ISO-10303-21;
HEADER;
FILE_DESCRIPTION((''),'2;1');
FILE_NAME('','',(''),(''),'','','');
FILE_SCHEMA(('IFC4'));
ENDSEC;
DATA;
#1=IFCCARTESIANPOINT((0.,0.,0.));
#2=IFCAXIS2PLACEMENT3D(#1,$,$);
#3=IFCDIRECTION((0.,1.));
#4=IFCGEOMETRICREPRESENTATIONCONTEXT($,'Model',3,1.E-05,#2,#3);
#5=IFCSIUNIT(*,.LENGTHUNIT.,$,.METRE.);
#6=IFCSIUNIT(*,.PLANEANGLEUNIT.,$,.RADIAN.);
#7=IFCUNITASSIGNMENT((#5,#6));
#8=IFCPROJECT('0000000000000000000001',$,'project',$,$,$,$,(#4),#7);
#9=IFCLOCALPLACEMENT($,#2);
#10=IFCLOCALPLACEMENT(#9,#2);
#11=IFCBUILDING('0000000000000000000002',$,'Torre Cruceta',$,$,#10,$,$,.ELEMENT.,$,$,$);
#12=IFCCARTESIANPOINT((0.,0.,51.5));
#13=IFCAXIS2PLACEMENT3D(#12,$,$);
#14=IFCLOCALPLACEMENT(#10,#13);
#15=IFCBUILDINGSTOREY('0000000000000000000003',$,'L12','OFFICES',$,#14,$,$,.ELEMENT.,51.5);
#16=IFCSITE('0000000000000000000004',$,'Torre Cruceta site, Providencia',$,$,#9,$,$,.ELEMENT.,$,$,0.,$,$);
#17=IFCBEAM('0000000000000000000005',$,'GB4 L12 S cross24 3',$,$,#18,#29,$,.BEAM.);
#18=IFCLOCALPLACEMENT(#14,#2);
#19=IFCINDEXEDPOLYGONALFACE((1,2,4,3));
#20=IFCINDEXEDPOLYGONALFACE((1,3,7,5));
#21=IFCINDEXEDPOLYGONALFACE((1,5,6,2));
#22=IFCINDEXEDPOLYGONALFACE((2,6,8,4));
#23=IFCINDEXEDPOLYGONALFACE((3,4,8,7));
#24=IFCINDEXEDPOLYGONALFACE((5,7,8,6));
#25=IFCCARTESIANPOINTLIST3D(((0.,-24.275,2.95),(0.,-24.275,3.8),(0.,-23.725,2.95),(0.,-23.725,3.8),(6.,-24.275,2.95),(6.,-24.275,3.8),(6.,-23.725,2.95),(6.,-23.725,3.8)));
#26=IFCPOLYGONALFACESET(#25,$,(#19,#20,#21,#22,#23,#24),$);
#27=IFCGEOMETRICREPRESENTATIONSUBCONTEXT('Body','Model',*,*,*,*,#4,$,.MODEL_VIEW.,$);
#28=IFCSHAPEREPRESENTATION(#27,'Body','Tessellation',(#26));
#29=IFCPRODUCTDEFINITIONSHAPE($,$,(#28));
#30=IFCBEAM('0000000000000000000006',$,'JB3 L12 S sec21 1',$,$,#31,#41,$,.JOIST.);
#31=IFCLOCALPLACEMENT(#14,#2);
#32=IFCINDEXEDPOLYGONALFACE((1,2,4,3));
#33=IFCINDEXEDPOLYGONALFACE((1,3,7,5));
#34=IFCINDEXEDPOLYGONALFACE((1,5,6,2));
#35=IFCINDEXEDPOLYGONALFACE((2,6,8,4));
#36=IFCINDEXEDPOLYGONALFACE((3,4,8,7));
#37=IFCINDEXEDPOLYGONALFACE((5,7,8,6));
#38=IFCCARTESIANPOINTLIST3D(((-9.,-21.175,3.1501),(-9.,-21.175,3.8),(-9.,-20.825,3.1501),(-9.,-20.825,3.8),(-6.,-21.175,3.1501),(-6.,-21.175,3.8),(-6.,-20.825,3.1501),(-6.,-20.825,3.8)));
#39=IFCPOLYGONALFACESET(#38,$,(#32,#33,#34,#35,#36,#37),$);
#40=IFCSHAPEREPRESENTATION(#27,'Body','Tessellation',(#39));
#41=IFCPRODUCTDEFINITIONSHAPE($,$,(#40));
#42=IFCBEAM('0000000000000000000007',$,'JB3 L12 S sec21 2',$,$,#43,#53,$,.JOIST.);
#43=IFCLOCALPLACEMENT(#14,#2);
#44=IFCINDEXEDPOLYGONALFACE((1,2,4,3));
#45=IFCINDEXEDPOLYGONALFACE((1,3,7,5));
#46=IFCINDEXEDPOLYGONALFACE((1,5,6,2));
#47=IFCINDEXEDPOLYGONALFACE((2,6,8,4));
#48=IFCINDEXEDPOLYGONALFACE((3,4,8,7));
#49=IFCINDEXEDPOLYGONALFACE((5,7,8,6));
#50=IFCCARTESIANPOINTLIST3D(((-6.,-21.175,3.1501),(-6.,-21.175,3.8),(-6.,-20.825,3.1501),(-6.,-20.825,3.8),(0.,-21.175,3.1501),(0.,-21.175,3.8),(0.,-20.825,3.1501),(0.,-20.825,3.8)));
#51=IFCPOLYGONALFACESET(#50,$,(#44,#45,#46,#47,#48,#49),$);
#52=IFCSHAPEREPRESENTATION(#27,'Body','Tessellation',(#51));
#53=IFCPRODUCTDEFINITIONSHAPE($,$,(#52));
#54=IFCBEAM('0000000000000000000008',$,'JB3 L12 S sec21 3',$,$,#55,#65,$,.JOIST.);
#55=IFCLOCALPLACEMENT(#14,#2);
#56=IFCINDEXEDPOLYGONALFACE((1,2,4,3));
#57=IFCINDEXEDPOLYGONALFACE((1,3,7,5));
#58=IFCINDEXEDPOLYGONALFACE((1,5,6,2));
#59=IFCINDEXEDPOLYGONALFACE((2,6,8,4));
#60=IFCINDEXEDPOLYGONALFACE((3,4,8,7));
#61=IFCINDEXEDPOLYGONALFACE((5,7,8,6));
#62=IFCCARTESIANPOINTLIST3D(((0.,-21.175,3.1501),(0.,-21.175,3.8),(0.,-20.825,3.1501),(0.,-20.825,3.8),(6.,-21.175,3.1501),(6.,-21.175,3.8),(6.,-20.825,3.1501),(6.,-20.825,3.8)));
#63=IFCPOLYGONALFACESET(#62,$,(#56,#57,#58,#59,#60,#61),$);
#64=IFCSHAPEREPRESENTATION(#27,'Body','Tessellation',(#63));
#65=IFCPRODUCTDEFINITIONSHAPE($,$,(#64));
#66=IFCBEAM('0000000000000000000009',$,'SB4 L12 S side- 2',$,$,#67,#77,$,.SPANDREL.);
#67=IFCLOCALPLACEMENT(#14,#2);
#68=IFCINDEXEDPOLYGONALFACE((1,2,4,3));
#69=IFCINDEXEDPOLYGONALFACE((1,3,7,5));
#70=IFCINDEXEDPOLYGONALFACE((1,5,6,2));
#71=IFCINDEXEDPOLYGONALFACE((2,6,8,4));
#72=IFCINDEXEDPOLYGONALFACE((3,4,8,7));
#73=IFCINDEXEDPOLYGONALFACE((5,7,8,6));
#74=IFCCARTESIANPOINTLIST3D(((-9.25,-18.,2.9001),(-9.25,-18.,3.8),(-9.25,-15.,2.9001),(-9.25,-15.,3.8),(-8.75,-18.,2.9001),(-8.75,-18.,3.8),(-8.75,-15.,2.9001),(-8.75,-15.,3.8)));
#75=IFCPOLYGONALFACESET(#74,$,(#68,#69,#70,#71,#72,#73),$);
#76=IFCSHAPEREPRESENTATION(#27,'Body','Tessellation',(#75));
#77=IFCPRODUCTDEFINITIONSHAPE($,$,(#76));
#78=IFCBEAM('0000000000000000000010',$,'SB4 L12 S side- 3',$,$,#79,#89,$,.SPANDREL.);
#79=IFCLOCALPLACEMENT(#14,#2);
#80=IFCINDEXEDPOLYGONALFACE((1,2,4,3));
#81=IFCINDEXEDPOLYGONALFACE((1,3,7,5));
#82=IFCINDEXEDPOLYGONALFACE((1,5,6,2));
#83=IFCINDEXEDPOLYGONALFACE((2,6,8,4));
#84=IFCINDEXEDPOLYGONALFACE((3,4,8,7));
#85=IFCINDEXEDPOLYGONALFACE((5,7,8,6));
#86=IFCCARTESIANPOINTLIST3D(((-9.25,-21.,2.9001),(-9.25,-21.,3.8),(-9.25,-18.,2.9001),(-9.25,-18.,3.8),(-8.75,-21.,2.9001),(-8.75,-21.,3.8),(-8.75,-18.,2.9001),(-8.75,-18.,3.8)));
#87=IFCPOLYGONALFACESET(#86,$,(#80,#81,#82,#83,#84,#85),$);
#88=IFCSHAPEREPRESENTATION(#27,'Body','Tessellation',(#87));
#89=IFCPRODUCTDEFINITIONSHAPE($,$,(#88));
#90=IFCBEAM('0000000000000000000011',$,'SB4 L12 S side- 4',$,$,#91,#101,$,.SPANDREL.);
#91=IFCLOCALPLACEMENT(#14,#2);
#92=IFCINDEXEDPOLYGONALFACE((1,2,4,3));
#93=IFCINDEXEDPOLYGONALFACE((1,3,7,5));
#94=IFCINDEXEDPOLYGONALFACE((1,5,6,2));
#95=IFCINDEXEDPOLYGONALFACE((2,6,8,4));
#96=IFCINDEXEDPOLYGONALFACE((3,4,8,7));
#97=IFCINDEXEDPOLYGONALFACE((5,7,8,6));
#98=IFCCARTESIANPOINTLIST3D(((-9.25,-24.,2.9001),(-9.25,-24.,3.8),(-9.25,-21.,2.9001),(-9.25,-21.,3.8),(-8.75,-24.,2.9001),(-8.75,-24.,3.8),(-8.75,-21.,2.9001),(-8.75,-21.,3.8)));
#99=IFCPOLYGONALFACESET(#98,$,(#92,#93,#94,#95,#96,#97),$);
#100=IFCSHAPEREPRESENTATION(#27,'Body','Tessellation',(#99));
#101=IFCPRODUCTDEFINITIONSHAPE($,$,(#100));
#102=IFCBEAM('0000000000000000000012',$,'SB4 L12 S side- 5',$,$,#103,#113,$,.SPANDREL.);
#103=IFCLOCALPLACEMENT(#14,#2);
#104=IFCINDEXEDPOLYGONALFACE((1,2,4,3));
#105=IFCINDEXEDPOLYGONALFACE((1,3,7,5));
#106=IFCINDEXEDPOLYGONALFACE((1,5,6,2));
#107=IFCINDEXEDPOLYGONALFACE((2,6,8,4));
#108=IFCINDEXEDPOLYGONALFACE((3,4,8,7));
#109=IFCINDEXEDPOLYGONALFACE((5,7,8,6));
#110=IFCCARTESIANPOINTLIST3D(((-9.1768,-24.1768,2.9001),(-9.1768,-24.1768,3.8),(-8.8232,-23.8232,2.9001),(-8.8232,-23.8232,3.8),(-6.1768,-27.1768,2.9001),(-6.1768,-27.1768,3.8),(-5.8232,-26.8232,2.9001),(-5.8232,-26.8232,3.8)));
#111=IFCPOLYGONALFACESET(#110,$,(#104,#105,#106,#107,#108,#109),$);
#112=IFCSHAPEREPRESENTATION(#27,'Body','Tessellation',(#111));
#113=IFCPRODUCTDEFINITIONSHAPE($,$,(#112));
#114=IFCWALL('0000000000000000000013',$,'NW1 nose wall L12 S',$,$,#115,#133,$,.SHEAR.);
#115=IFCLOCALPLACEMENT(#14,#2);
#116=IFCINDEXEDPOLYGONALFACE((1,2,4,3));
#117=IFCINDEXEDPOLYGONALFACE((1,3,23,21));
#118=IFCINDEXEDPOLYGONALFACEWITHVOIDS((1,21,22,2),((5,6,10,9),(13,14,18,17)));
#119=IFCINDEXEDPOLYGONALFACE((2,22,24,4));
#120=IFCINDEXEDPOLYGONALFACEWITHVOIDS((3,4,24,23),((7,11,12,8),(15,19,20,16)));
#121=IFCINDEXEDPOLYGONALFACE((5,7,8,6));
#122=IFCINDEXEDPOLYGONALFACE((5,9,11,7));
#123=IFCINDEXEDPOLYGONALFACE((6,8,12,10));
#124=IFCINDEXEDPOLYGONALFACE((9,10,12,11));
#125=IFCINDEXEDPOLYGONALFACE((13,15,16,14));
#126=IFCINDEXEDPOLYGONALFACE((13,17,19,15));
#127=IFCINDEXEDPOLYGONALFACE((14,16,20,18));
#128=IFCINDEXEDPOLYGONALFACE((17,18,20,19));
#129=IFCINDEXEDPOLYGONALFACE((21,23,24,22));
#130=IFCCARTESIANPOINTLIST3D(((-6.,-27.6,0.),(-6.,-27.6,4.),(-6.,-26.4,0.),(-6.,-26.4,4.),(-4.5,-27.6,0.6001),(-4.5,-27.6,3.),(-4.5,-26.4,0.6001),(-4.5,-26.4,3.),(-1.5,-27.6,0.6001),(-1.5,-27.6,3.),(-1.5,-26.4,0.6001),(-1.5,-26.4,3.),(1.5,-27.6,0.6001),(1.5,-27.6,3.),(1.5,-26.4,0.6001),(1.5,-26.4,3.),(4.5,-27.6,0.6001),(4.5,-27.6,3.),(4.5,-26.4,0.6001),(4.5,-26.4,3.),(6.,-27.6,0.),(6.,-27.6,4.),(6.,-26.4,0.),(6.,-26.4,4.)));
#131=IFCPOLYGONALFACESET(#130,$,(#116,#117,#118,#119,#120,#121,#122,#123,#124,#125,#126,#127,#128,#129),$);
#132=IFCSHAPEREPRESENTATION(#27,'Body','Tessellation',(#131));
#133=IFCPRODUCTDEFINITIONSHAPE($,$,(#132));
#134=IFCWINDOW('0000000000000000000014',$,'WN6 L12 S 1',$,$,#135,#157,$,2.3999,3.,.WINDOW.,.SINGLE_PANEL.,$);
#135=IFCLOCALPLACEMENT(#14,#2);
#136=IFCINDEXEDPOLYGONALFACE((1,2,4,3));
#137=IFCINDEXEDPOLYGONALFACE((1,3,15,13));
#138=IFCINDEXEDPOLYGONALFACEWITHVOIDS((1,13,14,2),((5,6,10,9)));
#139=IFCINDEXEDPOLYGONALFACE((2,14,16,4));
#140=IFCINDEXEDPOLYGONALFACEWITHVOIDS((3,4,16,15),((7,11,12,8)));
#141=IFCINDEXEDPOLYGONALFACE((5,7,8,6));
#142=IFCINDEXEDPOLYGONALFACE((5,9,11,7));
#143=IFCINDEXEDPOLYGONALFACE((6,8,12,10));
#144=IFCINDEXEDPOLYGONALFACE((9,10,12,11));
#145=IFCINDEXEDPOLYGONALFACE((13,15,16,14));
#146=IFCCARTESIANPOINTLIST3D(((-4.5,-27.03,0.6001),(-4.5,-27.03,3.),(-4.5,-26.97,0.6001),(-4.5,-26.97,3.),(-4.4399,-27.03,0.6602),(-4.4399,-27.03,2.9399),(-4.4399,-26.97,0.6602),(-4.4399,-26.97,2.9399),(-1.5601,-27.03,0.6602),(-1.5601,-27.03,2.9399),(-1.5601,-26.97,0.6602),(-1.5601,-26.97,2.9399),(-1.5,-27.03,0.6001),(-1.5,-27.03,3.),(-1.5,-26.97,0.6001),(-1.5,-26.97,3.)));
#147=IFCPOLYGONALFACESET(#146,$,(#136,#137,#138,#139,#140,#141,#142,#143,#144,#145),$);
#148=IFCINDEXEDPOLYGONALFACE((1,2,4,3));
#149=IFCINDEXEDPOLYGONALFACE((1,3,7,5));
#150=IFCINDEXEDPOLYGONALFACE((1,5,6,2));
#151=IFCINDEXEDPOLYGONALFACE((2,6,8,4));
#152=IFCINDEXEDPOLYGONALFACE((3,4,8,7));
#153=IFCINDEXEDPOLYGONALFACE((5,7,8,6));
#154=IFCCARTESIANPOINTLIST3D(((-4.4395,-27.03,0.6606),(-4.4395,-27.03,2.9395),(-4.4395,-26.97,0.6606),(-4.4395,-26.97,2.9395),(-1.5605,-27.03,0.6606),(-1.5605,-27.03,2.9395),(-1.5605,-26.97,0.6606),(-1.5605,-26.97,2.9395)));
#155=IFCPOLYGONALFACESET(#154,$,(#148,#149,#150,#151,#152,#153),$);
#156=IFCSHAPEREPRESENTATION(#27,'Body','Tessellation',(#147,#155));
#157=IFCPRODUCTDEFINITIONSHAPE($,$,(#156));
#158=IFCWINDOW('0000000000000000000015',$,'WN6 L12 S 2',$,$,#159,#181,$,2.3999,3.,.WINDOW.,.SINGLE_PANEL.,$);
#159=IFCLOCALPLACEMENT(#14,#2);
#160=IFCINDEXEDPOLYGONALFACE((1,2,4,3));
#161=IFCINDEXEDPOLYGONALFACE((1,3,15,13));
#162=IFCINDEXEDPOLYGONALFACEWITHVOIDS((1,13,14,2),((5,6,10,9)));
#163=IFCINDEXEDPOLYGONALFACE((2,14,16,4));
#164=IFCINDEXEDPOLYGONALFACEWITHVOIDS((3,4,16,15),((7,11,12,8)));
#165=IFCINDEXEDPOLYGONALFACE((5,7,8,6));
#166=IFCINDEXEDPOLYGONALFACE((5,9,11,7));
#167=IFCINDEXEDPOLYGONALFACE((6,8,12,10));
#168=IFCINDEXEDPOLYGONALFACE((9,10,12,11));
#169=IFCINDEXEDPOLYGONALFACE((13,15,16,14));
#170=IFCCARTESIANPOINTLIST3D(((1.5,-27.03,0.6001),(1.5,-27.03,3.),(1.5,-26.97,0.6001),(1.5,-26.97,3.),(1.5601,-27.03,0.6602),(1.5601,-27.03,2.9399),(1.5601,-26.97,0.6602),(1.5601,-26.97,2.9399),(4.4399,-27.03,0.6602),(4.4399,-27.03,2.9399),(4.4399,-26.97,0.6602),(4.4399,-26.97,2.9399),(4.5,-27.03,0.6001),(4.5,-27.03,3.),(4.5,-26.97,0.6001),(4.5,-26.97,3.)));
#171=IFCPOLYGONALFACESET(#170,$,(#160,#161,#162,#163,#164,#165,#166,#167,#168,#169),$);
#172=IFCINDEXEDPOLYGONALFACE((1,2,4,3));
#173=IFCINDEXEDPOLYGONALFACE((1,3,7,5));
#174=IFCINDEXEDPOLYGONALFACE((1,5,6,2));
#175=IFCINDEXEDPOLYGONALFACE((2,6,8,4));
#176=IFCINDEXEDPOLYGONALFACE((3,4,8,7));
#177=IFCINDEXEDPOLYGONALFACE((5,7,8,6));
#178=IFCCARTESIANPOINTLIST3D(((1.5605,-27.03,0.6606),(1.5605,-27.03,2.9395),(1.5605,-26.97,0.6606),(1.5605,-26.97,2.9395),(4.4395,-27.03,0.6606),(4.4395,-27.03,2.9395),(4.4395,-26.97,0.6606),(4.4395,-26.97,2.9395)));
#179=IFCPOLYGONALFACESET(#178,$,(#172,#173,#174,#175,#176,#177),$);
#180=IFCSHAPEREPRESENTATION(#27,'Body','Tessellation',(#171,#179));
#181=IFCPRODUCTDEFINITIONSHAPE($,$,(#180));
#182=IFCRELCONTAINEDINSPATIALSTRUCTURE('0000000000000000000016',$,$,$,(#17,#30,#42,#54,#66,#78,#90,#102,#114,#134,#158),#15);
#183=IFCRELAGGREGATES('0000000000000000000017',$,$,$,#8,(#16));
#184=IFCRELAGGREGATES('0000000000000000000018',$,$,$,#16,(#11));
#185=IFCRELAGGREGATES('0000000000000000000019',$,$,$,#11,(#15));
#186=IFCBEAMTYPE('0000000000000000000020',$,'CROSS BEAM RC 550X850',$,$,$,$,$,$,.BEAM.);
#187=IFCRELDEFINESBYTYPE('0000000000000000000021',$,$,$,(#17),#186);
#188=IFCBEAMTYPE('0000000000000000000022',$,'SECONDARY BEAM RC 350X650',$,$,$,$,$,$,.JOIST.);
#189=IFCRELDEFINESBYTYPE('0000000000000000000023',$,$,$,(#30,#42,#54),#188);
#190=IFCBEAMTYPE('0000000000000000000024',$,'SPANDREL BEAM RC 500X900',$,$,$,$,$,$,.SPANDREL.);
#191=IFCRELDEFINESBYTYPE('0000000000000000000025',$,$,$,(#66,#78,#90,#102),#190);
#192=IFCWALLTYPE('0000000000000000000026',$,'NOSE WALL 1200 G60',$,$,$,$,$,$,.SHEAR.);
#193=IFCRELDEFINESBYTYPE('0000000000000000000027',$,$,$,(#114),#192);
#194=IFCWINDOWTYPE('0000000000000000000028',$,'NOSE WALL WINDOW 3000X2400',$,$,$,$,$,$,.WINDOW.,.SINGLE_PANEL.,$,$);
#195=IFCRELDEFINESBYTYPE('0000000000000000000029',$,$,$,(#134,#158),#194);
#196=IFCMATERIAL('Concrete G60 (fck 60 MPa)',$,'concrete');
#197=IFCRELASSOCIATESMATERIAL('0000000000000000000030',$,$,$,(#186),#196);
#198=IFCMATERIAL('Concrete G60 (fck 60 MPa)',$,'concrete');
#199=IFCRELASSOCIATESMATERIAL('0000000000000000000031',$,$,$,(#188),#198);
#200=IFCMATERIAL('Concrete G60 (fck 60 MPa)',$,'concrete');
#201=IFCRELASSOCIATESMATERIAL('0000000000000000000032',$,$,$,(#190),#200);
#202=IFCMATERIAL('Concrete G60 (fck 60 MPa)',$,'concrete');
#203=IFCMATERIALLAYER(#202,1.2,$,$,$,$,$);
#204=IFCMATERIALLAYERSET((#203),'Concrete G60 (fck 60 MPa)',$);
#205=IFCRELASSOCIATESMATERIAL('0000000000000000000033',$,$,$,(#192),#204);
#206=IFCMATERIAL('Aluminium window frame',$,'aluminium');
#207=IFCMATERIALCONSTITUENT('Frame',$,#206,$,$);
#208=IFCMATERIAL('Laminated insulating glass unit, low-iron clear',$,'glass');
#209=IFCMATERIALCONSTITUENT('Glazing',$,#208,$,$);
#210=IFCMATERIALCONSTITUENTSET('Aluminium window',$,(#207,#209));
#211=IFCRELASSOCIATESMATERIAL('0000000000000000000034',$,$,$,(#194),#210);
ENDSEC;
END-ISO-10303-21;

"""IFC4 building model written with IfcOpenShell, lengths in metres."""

from ifc_helpers import new_model, si_unit, direction, frame, frame_2d, origin, origin_2d, place, context, subcontext, project, spatial, rectangle, hollow_rectangle, extrude, material, layer, layer_set, constituent, constituent_set, material_profile, profile_set, type_object, element, fill, save


model = new_model("IFC4")

# Units and contexts
model_context = context("Model", 3, precision=1e-05, world=origin(), true_north=direction((0.0, 1.0)))
body_context = subcontext(model_context, "Body", "Model", "MODEL_VIEW")
ifc_project = project(units=[si_unit("LENGTHUNIT", "METRE"), si_unit("PLANEANGLEUNIT", "RADIAN")], contexts=[model_context])

# Site, building, storey
site_placement = place(None, origin())
site = spatial("IfcSite", under=ifc_project, at=site_placement, Name="Torre Cruceta site, Providencia", CompositionType="ELEMENT", RefElevation=0.0)
building_placement = place(site_placement, origin())
building = spatial("IfcBuilding", under=site, at=building_placement, Name="Torre Cruceta", CompositionType="ELEMENT")
storey_placement = place(building_placement, frame((0.0, 0.0, 51.5)))
storey = spatial("IfcBuildingStorey", under=building, at=storey_placement, Name="L12", Description="OFFICES", CompositionType="ELEMENT", Elevation=51.5)

# Beams
ifc_material_1 = material(Name="Concrete G60 (fck 60 MPa)", Category="concrete")
ifc_material_profile_1 = material_profile(ifc_material_1, rectangle(XDim=0.55, YDim=0.8501, at=origin_2d()), Name="RC 550X850")
ifc_profile_set_1 = profile_set([ifc_material_profile_1], Name="Concrete G60 (fck 60 MPa)")
beam_type_1 = type_object("IfcBeamType", Name="CROSS BEAM RC 550X850", PredefinedType="BEAM", material=ifc_profile_set_1)
for number, where, z_axis, x_axis, name in (
    (1, (0.0, -24.0, 3.375), (1.0, 0.0, 0.0), (0.0, 1.0, 0.0), "GB4 L12 S cross24 3"),
):
    element("IfcBeam", number, at=place(storey_placement, frame(where, z_axis=z_axis, x_axis=x_axis)), inside=storey, type_object=beam_type_1, Name=name, PredefinedType="BEAM", context=body_context, shape_type="SweptSolid", body=[
        extrude(rectangle(XDim=0.55, YDim=0.8501, at=origin_2d()), origin(), (0.0, 0.0, 1.0), 6.0),
    ])
ifc_material_2 = material(Name="Concrete G60 (fck 60 MPa)", Category="concrete")
ifc_material_profile_2 = material_profile(ifc_material_2, rectangle(XDim=0.3501, YDim=0.6499, at=origin_2d()), Name="RC 350X650")
ifc_profile_set_2 = profile_set([ifc_material_profile_2], Name="Concrete G60 (fck 60 MPa)")
beam_type_2 = type_object("IfcBeamType", Name="SECONDARY BEAM RC 350X650", PredefinedType="JOIST", material=ifc_profile_set_2)
beam_1_placement = place(storey_placement, frame((-9.0, -21.0, 3.4751), z_axis=(1.0, 0.0, 0.0), x_axis=(0.0, 1.0, 0.0)))
element("IfcBeam", 2, at=beam_1_placement, inside=storey, type_object=beam_type_2, Name="JB3 L12 S sec21 1", PredefinedType="JOIST", context=body_context, shape_type="SweptSolid", body=[
    extrude(rectangle(XDim=0.3501, YDim=0.6499, at=origin_2d()), origin(), (0.0, 0.0, 1.0), 3.0),
])
for number, where, z_axis, x_axis, name in (
    (3, (-6.0, -21.0, 3.4751), (1.0, 0.0, 0.0), (0.0, 1.0, 0.0), "JB3 L12 S sec21 2"),
    (4, (0.0, -21.0, 3.4751), (1.0, 0.0, 0.0), (0.0, 1.0, 0.0), "JB3 L12 S sec21 3"),
):
    element("IfcBeam", number, at=place(storey_placement, frame(where, z_axis=z_axis, x_axis=x_axis)), inside=storey, type_object=beam_type_2, Name=name, PredefinedType="JOIST", context=body_context, shape_type="SweptSolid", body=[
        extrude(rectangle(XDim=0.3501, YDim=0.6499, at=origin_2d()), origin(), (0.0, 0.0, 1.0), 6.0),
    ])
ifc_material_3 = material(Name="Concrete G60 (fck 60 MPa)", Category="concrete")
ifc_material_profile_3 = material_profile(ifc_material_3, rectangle(XDim=0.5, YDim=0.8999, at=origin_2d()), Name="RC 500X900")
ifc_profile_set_3 = profile_set([ifc_material_profile_3], Name="Concrete G60 (fck 60 MPa)")
beam_type_3 = type_object("IfcBeamType", Name="SPANDREL BEAM RC 500X900", PredefinedType="SPANDREL", material=ifc_profile_set_3)
for number, where, z_axis, x_axis, name in (
    (5, (-9.0, -15.0, 3.3501), (0.0, -1.0, 0.0), (1.0, 0.0, 0.0), "SB4 L12 S side- 2"),
    (6, (-9.0, -18.0, 3.3501), (0.0, -1.0, 0.0), (1.0, 0.0, 0.0), "SB4 L12 S side- 3"),
    (7, (-9.0, -21.0, 3.3501), (0.0, -1.0, 0.0), (1.0, 0.0, 0.0), "SB4 L12 S side- 4"),
):
    element("IfcBeam", number, at=place(storey_placement, frame(where, z_axis=z_axis, x_axis=x_axis)), inside=storey, type_object=beam_type_3, Name=name, PredefinedType="SPANDREL", context=body_context, shape_type="SweptSolid", body=[
        extrude(rectangle(XDim=0.5, YDim=0.8999, at=origin_2d()), origin(), (0.0, 0.0, 1.0), 3.0),
    ])
beam_2_placement = place(storey_placement, frame((-9.0, -24.0, 3.3501), z_axis=(0.707107, -0.707107, 0.0), x_axis=(0.707107, 0.707107, 0.0)))
element("IfcBeam", 8, at=beam_2_placement, inside=storey, type_object=beam_type_3, Name="SB4 L12 S side- 5", PredefinedType="SPANDREL", context=body_context, shape_type="SweptSolid", body=[
    extrude(rectangle(XDim=0.5, YDim=0.8999, at=origin_2d()), origin(), (0.0, 0.0, 1.0), 4.2427),
])

# Wall, openings, windows
ifc_material_4 = material(Name="Concrete G60 (fck 60 MPa)", Category="concrete")
ifc_layer_1 = layer(ifc_material_4, 1.2)
ifc_layer_set_1 = layer_set([ifc_layer_1], Name="Concrete G60 (fck 60 MPa)")
wall_type_1 = type_object("IfcWallType", Name="NOSE WALL 1200 G60", PredefinedType="SHEAR", material=ifc_layer_set_1)
wall_1_placement = place(storey_placement, frame((-6.0, -27.0, 0.0), z_axis=(0.0, 0.0, 1.0), x_axis=(1.0, 0.0, 0.0)))
wall_1 = element("IfcWall", 9, at=wall_1_placement, inside=storey, type_object=wall_type_1, Name="NW1 nose wall L12 S", PredefinedType="SHEAR", context=body_context, shape_type="SweptSolid", body=[
    extrude(rectangle(XDim=12.0, YDim=1.2, at=frame_2d((6.0, 0.0))), origin(), (0.0, 0.0, 1.0), 4.0),
])
opening_1_placement = place(wall_1_placement, frame((1.5, 0.0, 0.6001)))
opening_1 = element("IfcOpeningElement", 10, at=opening_1_placement, cuts=wall_1, PredefinedType="OPENING", context=body_context, shape_type="SweptSolid", body=[
    extrude(rectangle(XDim=3.0, YDim=2.3999, at=frame_2d((1.5, 1.2))), frame((0.0, 0.6099, 0.0), z_axis=(0.0, -1.0, 0.0), x_axis=(1.0, 0.0, 0.0)), (0.0, 0.0, 1.0), 1.22),
])
opening_2_placement = place(wall_1_placement, frame((7.5, 0.0, 0.6001)))
opening_2 = element("IfcOpeningElement", 11, at=opening_2_placement, cuts=wall_1, PredefinedType="OPENING", context=body_context, shape_type="SweptSolid", body=[
    extrude(rectangle(XDim=3.0, YDim=2.3999, at=frame_2d((1.5, 1.2))), frame((0.0, 0.6099, 0.0), z_axis=(0.0, -1.0, 0.0), x_axis=(1.0, 0.0, 0.0)), (0.0, 0.0, 1.0), 1.22),
])
ifc_material_5 = material(Name="Aluminium window frame", Category="aluminium")
ifc_constituent_1 = constituent(ifc_material_5, Name="Frame")
ifc_material_6 = material(Name="Laminated insulating glass unit, low-iron clear", Category="glass")
ifc_constituent_2 = constituent(ifc_material_6, Name="Glazing")
ifc_constituent_set_1 = constituent_set(constituents=[ifc_constituent_1, ifc_constituent_2], Name="Aluminium window")
window_type = type_object("IfcWindowType", Name="NOSE WALL WINDOW 3000X2400", PartitioningType="SINGLE_PANEL", PredefinedType="WINDOW", material=ifc_constituent_set_1)
window_1_placement = place(opening_1_placement, origin())
window_1 = element("IfcWindow", 12, at=window_1_placement, inside=storey, type_object=window_type, Name="WN6 L12 S 1", OverallHeight=2.3999, OverallWidth=3.0, PartitioningType="SINGLE_PANEL", PredefinedType="WINDOW", context=body_context, shape_type="SweptSolid", body=[
    extrude(hollow_rectangle(XDim=3.0, YDim=2.3999, WallThickness=0.0601, at=frame_2d((1.5, 1.2))), frame((0.0, 0.03, 0.0), z_axis=(0.0, -1.0, 0.0), x_axis=(1.0, 0.0, 0.0)), (0.0, 0.0, 1.0), 0.0601),
    extrude(rectangle(XDim=2.8789, YDim=2.2788, at=frame_2d((1.5, 1.2))), frame((0.0, 0.03, 0.0), z_axis=(0.0, -1.0, 0.0), x_axis=(1.0, 0.0, 0.0)), (0.0, 0.0, 1.0), 0.0601),
])
fill(opening_1, window_1)
window_2_placement = place(opening_2_placement, origin())
window_2 = element("IfcWindow", 13, at=window_2_placement, inside=storey, type_object=window_type, Name="WN6 L12 S 2", OverallHeight=2.3999, OverallWidth=3.0, PartitioningType="SINGLE_PANEL", PredefinedType="WINDOW", context=body_context, shape_type="SweptSolid", body=[
    extrude(hollow_rectangle(XDim=3.0, YDim=2.3999, WallThickness=0.0601, at=frame_2d((1.5, 1.2))), frame((0.0, 0.03, 0.0), z_axis=(0.0, -1.0, 0.0), x_axis=(1.0, 0.0, 0.0)), (0.0, 0.0, 1.0), 0.0601),
    extrude(rectangle(XDim=2.8789, YDim=2.2788, at=frame_2d((1.5, 1.2))), frame((0.0, 0.03, 0.0), z_axis=(0.0, -1.0, 0.0), x_axis=(1.0, 0.0, 0.0)), (0.0, 0.0, 1.0), 0.0601),
])
fill(opening_2, window_2)

save(model, "model.ifc")
